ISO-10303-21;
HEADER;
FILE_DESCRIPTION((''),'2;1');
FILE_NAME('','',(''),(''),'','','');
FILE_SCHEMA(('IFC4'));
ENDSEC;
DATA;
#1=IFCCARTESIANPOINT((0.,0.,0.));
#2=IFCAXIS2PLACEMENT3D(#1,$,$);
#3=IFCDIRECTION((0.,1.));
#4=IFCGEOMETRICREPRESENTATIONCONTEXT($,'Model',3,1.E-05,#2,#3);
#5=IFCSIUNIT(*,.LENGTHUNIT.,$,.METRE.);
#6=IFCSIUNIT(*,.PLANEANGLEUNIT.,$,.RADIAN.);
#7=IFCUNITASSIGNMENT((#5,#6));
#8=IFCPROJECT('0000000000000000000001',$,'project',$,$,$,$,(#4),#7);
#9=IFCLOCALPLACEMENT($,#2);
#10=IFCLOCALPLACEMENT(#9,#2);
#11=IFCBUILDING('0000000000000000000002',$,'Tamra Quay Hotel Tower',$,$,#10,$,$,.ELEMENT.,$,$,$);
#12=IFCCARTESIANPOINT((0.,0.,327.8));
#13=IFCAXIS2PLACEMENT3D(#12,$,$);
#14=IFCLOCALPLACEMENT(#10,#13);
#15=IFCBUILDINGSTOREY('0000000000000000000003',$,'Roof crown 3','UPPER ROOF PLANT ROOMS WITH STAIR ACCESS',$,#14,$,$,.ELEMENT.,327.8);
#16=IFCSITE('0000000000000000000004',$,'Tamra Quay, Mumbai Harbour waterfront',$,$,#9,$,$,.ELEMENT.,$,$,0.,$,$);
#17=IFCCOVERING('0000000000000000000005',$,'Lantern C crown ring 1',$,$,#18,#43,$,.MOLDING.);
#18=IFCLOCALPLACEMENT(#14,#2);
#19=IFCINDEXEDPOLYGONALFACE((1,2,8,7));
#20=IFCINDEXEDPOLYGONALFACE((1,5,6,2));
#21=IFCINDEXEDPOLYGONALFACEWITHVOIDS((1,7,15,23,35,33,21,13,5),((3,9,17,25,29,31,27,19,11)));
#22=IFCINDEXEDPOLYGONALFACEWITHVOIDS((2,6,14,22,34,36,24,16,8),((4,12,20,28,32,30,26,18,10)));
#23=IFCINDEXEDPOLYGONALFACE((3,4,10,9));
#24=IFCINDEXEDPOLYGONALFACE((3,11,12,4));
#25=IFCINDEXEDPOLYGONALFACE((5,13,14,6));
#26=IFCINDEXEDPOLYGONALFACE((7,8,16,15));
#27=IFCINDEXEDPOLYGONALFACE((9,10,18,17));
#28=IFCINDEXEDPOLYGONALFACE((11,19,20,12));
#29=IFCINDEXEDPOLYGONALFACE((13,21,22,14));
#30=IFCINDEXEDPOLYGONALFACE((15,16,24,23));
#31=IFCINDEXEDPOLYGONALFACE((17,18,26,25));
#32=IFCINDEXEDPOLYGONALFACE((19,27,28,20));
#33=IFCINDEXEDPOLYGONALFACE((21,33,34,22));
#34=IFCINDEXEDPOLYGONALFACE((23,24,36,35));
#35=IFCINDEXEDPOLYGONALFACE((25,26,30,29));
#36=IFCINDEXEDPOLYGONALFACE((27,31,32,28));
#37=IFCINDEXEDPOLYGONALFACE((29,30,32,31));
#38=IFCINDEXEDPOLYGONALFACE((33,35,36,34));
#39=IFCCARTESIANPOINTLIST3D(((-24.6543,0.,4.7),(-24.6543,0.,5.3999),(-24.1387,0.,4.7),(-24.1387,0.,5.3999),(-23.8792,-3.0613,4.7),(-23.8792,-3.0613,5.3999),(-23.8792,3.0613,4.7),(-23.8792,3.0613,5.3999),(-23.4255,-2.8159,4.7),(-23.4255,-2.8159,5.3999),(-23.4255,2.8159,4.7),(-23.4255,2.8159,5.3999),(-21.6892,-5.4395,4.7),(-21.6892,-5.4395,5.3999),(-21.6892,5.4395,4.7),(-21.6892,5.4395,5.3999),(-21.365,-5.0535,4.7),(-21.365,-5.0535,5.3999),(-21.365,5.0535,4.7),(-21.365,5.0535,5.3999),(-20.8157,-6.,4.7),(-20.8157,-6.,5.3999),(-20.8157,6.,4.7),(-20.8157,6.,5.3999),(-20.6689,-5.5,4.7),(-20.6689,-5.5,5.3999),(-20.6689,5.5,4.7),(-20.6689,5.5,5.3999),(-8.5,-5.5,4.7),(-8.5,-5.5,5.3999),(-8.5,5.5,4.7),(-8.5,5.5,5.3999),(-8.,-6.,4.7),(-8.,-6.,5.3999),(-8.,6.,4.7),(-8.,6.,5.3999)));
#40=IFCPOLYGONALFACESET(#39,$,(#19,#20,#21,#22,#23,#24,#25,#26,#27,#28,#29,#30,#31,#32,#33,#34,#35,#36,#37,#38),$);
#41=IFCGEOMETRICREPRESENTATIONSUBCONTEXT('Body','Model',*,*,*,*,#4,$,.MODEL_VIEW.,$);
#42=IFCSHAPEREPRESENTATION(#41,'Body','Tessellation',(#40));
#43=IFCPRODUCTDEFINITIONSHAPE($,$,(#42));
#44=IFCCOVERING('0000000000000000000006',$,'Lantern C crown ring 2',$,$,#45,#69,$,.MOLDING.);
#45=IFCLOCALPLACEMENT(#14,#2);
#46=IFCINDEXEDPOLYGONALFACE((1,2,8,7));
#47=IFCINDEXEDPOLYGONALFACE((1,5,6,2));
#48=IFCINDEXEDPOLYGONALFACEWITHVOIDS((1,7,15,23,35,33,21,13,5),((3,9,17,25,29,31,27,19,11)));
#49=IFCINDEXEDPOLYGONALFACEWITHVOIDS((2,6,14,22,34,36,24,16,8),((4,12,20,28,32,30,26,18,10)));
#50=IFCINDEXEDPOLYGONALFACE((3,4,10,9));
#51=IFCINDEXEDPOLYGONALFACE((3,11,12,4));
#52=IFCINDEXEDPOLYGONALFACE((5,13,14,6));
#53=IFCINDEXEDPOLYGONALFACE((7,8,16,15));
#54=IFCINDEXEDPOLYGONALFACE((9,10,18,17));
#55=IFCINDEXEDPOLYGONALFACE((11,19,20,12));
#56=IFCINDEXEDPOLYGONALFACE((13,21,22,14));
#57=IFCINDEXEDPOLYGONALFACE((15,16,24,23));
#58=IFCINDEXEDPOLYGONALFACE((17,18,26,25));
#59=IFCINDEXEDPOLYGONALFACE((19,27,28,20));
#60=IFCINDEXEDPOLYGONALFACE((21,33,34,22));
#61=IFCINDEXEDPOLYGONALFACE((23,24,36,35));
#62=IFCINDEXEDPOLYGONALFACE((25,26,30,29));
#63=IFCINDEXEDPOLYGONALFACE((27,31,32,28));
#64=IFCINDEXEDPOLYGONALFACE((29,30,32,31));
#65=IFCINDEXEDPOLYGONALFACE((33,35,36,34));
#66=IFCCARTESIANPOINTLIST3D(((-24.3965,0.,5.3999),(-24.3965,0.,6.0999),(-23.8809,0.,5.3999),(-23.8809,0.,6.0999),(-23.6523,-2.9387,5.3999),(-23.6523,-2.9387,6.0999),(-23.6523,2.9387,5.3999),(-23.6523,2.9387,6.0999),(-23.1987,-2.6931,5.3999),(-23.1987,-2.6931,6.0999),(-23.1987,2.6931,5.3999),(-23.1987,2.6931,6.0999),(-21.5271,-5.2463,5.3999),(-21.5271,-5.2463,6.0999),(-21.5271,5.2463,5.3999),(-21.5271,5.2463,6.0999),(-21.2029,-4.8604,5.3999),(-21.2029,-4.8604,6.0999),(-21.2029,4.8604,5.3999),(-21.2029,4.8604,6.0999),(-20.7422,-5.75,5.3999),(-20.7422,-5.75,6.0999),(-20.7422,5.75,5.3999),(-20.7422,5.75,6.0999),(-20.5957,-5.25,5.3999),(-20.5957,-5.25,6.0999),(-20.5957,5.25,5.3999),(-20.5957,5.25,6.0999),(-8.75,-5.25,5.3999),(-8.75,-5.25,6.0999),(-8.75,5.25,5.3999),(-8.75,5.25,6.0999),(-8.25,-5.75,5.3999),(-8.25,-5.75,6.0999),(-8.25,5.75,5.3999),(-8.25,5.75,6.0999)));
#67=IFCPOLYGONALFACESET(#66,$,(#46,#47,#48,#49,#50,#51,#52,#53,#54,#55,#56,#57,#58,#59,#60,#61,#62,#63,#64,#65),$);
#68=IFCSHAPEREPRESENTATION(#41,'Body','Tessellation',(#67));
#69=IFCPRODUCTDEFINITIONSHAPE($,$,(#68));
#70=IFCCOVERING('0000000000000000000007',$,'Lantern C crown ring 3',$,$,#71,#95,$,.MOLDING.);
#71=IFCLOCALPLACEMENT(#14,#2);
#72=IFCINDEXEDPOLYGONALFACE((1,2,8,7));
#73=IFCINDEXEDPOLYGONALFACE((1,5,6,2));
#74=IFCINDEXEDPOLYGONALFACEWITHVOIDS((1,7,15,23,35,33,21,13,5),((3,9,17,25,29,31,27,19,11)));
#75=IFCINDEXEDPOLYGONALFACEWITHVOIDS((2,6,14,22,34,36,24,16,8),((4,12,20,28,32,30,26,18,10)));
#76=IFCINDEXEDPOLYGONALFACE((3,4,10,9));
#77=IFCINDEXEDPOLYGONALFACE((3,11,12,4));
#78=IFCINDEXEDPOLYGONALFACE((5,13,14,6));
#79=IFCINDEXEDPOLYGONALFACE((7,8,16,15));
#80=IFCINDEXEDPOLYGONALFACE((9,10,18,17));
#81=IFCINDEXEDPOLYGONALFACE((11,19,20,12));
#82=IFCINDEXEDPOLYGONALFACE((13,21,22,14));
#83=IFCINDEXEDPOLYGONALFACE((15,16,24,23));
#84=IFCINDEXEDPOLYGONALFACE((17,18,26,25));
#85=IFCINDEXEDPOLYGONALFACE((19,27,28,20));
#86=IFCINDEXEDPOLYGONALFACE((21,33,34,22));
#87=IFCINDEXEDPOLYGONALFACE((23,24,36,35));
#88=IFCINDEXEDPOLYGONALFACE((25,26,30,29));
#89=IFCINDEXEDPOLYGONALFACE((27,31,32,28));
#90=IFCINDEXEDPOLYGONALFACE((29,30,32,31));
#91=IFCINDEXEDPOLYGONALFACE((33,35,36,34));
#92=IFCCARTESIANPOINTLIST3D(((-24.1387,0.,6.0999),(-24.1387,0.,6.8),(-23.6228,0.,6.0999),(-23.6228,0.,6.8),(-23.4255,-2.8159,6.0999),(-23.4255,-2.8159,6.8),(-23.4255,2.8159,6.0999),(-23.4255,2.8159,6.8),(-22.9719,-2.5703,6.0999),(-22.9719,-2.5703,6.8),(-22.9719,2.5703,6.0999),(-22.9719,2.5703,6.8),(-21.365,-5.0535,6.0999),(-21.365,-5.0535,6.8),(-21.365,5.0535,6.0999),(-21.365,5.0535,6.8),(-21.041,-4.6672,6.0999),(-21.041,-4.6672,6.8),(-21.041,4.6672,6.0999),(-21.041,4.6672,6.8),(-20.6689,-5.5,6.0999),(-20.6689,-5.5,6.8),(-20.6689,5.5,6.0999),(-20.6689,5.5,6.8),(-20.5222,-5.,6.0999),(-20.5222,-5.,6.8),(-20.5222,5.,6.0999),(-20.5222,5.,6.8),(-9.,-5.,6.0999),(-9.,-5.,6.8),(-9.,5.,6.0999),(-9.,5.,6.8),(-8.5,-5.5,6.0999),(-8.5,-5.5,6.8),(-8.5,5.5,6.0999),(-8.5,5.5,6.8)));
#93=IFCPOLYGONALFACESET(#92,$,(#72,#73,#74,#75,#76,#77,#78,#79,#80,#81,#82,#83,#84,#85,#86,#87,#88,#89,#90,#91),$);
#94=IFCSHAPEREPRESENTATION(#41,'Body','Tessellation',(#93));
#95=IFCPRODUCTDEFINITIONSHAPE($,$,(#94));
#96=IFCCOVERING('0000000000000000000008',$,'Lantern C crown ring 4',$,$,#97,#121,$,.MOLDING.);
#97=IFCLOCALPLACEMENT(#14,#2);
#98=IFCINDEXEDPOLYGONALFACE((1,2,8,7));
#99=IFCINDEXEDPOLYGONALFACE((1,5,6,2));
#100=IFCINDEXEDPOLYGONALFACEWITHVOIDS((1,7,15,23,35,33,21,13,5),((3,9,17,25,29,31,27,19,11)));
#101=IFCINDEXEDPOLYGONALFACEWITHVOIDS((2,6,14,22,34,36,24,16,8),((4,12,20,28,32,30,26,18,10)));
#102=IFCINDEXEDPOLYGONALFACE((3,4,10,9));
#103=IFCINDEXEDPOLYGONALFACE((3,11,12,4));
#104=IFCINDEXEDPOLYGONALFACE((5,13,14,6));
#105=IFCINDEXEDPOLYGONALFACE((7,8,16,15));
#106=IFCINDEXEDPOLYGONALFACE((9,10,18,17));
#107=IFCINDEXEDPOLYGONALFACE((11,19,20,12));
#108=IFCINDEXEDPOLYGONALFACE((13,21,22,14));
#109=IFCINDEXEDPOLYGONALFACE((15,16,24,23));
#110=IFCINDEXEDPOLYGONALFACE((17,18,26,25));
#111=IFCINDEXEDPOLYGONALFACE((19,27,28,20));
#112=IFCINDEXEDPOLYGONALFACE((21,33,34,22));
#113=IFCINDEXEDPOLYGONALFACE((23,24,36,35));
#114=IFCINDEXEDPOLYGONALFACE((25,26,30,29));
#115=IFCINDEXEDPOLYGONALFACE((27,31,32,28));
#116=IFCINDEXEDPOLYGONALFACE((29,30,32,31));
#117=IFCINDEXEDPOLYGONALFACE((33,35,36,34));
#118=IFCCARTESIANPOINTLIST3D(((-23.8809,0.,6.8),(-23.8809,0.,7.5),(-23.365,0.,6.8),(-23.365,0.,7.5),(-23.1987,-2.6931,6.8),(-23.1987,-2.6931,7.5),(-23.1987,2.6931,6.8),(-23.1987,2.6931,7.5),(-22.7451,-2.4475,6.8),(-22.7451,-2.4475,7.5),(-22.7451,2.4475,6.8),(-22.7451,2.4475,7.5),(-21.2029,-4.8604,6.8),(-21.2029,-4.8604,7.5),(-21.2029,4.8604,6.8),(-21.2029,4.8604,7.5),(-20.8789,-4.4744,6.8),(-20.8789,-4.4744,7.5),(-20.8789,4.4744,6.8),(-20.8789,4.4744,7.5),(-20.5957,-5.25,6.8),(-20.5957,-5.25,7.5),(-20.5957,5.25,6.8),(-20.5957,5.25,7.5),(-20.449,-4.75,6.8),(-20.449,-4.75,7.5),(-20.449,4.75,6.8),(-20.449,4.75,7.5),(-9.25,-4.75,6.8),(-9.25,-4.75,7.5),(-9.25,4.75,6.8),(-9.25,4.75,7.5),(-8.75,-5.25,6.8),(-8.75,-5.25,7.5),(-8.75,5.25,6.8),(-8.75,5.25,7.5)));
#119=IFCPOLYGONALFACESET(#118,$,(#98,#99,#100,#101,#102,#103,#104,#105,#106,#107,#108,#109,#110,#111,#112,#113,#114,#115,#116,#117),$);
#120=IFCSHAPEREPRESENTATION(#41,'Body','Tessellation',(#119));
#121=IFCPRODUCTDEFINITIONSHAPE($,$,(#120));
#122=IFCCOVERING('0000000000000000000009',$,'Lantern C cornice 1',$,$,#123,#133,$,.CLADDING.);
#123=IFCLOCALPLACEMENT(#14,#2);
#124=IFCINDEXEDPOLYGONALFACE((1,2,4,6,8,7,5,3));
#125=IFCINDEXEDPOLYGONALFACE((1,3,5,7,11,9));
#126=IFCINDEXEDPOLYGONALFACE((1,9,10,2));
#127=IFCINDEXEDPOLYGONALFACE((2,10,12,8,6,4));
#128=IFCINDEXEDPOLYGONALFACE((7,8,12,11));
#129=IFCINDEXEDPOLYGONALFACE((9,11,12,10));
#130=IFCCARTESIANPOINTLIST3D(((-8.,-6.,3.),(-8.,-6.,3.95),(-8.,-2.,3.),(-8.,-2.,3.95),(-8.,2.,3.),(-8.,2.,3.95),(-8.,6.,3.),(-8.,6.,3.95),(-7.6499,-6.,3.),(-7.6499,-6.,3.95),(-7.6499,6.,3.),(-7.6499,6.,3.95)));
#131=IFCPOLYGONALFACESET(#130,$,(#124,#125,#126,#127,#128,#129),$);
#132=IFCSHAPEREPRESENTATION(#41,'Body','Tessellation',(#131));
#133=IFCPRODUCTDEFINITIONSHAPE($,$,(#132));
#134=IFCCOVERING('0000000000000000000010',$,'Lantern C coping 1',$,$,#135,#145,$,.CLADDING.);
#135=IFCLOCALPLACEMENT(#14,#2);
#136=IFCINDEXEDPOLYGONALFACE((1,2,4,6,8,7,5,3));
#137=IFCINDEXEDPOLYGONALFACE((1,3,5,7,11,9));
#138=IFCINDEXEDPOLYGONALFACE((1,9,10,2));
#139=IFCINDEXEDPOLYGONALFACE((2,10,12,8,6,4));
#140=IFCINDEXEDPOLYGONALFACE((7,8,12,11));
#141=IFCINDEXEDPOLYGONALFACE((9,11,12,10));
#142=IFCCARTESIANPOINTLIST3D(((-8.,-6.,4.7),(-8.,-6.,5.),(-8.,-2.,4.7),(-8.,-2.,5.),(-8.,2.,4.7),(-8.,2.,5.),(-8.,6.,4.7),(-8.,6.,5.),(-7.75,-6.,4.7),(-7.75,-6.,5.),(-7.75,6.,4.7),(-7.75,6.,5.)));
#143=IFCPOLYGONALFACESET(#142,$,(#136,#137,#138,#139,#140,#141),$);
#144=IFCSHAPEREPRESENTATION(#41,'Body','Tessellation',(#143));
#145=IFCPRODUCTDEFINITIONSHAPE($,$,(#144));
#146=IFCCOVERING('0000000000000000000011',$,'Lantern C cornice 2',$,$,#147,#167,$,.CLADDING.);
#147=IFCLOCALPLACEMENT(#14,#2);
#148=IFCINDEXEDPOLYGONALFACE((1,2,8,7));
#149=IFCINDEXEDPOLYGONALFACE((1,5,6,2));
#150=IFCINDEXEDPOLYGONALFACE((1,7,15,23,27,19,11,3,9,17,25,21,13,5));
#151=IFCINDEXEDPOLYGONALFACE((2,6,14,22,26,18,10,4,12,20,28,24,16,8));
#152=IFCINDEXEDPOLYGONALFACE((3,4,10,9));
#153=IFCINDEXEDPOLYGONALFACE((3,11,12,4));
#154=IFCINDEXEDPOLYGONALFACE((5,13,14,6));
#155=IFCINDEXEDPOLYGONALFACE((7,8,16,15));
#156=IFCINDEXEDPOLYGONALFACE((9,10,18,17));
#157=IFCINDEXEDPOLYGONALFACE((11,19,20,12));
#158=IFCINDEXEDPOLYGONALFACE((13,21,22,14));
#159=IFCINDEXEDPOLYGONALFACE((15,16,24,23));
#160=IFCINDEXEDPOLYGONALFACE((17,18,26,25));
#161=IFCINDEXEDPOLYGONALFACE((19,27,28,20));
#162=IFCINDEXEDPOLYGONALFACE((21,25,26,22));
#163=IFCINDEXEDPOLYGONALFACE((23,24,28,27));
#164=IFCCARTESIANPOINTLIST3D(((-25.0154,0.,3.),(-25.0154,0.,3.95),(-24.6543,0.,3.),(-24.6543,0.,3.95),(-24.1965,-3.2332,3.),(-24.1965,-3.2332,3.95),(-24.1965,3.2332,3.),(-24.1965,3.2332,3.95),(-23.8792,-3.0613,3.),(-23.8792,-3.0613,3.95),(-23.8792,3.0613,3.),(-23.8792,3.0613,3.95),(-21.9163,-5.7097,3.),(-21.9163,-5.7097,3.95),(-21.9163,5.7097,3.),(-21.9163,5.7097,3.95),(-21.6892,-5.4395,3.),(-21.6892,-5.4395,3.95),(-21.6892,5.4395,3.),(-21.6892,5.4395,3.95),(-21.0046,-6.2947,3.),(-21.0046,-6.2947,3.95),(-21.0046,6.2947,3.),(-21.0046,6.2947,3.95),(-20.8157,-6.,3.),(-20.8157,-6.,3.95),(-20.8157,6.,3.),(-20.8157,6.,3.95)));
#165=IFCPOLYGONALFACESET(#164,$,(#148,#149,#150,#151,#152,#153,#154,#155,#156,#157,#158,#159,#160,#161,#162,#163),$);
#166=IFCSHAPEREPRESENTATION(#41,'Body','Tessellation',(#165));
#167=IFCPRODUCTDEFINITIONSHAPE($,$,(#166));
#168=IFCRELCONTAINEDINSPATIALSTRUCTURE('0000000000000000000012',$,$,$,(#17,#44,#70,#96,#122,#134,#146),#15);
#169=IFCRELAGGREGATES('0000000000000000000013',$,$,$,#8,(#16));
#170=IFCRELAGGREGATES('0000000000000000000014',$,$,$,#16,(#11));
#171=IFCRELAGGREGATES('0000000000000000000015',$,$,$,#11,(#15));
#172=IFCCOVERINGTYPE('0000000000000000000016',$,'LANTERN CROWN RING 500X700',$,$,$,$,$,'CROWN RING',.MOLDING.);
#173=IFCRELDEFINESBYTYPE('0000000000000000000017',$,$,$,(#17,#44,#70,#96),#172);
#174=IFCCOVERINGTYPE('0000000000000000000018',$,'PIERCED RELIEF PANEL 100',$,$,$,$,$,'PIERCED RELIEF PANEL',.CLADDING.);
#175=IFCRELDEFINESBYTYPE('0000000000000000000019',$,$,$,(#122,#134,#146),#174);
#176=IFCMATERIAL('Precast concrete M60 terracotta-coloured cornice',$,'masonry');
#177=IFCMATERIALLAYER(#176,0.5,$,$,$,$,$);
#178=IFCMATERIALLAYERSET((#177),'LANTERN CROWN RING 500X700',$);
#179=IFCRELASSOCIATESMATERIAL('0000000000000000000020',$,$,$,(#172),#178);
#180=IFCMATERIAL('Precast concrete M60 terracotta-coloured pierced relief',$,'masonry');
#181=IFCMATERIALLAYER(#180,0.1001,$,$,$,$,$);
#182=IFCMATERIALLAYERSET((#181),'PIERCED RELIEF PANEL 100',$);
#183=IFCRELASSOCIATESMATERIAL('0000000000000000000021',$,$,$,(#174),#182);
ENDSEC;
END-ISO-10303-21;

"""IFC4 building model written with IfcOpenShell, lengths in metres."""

from ifc_helpers import new_model, si_unit, direction, frame, origin, place, context, subcontext, project, spatial, polyline, outline, extrude, material, layer, layer_set, type_object, element, save


model = new_model("IFC4")

# Units and contexts
model_context = context("Model", 3, precision=1e-05, world=origin(), true_north=direction((0.0, 1.0)))
body_context = subcontext(model_context, "Body", "Model", "MODEL_VIEW")
ifc_project = project(units=[si_unit("LENGTHUNIT", "METRE"), si_unit("PLANEANGLEUNIT", "RADIAN")], contexts=[model_context])

# Site, building, storey
site_placement = place(None, origin())
site = spatial("IfcSite", under=ifc_project, at=site_placement, Name="Tamra Quay, Mumbai Harbour waterfront", CompositionType="ELEMENT", RefElevation=0.0)
building_placement = place(site_placement, origin())
building = spatial("IfcBuilding", under=site, at=building_placement, Name="Tamra Quay Hotel Tower", CompositionType="ELEMENT")
storey_placement = place(building_placement, frame((0.0, 0.0, 327.8)))
storey = spatial("IfcBuildingStorey", under=building, at=storey_placement, Name="Roof crown 3", Description="UPPER ROOF PLANT ROOMS WITH STAIR ACCESS", CompositionType="ELEMENT", Elevation=327.8)

# Coverings
ifc_material_1 = material(Name="Precast concrete M60 terracotta-coloured cornice", Category="masonry")
ifc_layer_1 = layer(ifc_material_1, 0.5)
ifc_layer_set_1 = layer_set([ifc_layer_1], Name="LANTERN CROWN RING 500X700")
covering_type_1 = type_object("IfcCoveringType", Name="LANTERN CROWN RING 500X700", ElementType="CROWN RING", PredefinedType="MOLDING", material=ifc_layer_set_1)
covering_1_placement = place(storey_placement, frame((0.0, 0.0, 4.7)))
element("IfcCovering", 1, at=covering_1_placement, inside=storey, type_object=covering_type_1, Name="Lantern C crown ring 1", PredefinedType="MOLDING", context=body_context, shape_type="SweptSolid", body=[
    extrude(outline(polyline([(-21.6892, -5.4395), (-23.8792, -3.0613), (-24.6543, 0.0), (-23.8792, 3.0613), (-21.6892, 5.4395), (-20.8157, 6.0), (-8.0, 6.0), (-8.0, -6.0), (-20.8157, -6.0), (-21.6892, -5.4395)]), holes=[polyline([(-21.365, -5.0535), (-23.4255, -2.8159), (-24.1387, 0.0), (-23.4255, 2.8159), (-21.365, 5.0535), (-20.6689, 5.5), (-8.5, 5.5), (-8.5, -5.5), (-20.6689, -5.5), (-21.365, -5.0535)])]), origin(), (0.0, 0.0, 1.0), 0.7),
])
covering_2_placement = place(storey_placement, frame((0.0, 0.0, 5.3999)))
element("IfcCovering", 2, at=covering_2_placement, inside=storey, type_object=covering_type_1, Name="Lantern C crown ring 2", PredefinedType="MOLDING", context=body_context, shape_type="SweptSolid", body=[
    extrude(outline(polyline([(-21.5271, -5.2463), (-23.6523, -2.9387), (-24.3965, 0.0), (-23.6523, 2.9387), (-21.5271, 5.2463), (-20.7422, 5.75), (-8.25, 5.75), (-8.25, -5.75), (-20.7422, -5.75), (-21.5271, -5.2463)]), holes=[polyline([(-21.2029, -4.8604), (-23.1987, -2.6931), (-23.8809, 0.0), (-23.1987, 2.6931), (-21.2029, 4.8604), (-20.5957, 5.25), (-8.75, 5.25), (-8.75, -5.25), (-20.5957, -5.25), (-21.2029, -4.8604)])]), origin(), (0.0, 0.0, 1.0), 0.7),
])
covering_3_placement = place(storey_placement, frame((0.0, 0.0, 6.0999)))
element("IfcCovering", 3, at=covering_3_placement, inside=storey, type_object=covering_type_1, Name="Lantern C crown ring 3", PredefinedType="MOLDING", context=body_context, shape_type="SweptSolid", body=[
    extrude(outline(polyline([(-21.365, -5.0535), (-23.4255, -2.8159), (-24.1387, 0.0), (-23.4255, 2.8159), (-21.365, 5.0535), (-20.6689, 5.5), (-8.5, 5.5), (-8.5, -5.5), (-20.6689, -5.5), (-21.365, -5.0535)]), holes=[polyline([(-21.041, -4.6672), (-22.9719, -2.5703), (-23.6228, 0.0), (-22.9719, 2.5703), (-21.041, 4.6672), (-20.5222, 5.0), (-9.0, 5.0), (-9.0, -5.0), (-20.5222, -5.0), (-21.041, -4.6672)])]), origin(), (0.0, 0.0, 1.0), 0.7002),
])
covering_4_placement = place(storey_placement, frame((0.0, 0.0, 6.8)))
element("IfcCovering", 4, at=covering_4_placement, inside=storey, type_object=covering_type_1, Name="Lantern C crown ring 4", PredefinedType="MOLDING", context=body_context, shape_type="SweptSolid", body=[
    extrude(outline(polyline([(-21.2029, -4.8604), (-23.1987, -2.6931), (-23.8809, 0.0), (-23.1987, 2.6931), (-21.2029, 4.8604), (-20.5957, 5.25), (-8.75, 5.25), (-8.75, -5.25), (-20.5957, -5.25), (-21.2029, -4.8604)]), holes=[polyline([(-20.8789, -4.4744), (-22.7451, -2.4475), (-23.365, 0.0), (-22.7451, 2.4475), (-20.8789, 4.4744), (-20.449, 4.75), (-9.25, 4.75), (-9.25, -4.75), (-20.449, -4.75), (-20.8789, -4.4744)])]), origin(), (0.0, 0.0, 1.0), 0.7),
])
ifc_material_2 = material(Name="Precast concrete M60 terracotta-coloured pierced relief", Category="masonry")
ifc_layer_2 = layer(ifc_material_2, 0.1001)
ifc_layer_set_2 = layer_set([ifc_layer_2], Name="PIERCED RELIEF PANEL 100")
covering_type_2 = type_object("IfcCoveringType", Name="PIERCED RELIEF PANEL 100", ElementType="PIERCED RELIEF PANEL", PredefinedType="CLADDING", material=ifc_layer_set_2)
covering_5_placement = place(storey_placement, frame((0.0, 0.0, 3.0)))
element("IfcCovering", 5, at=covering_5_placement, inside=storey, type_object=covering_type_2, Name="Lantern C cornice 1", PredefinedType="CLADDING", context=body_context, shape_type="SweptSolid", body=[
    extrude(outline(polyline([(-8.0, -6.0), (-7.6499, -6.0), (-7.6499, 6.0), (-8.0, 6.0), (-8.0, 2.0), (-8.0, -2.0), (-8.0, -6.0)])), origin(), (0.0, 0.0, 1.0), 0.95),
])
covering_6_placement = place(storey_placement, frame((0.0, 0.0, 4.7)))
element("IfcCovering", 6, at=covering_6_placement, inside=storey, type_object=covering_type_2, Name="Lantern C coping 1", PredefinedType="CLADDING", context=body_context, shape_type="SweptSolid", body=[
    extrude(outline(polyline([(-8.0, -6.0), (-7.75, -6.0), (-7.75, 6.0), (-8.0, 6.0), (-8.0, 2.0), (-8.0, -2.0), (-8.0, -6.0)])), origin(), (0.0, 0.0, 1.0), 0.3),
])
covering_7_placement = place(storey_placement, frame((0.0, 0.0, 3.0)))
element("IfcCovering", 7, at=covering_7_placement, inside=storey, type_object=covering_type_2, Name="Lantern C cornice 2", PredefinedType="CLADDING", context=body_context, shape_type="SweptSolid", body=[
    extrude(outline(polyline([(-20.8157, 6.0), (-21.0046, 6.2947), (-21.9163, 5.7097), (-24.1965, 3.2332), (-25.0154, 0.0), (-24.1965, -3.2332), (-21.9163, -5.7097), (-21.0046, -6.2947), (-20.8157, -6.0), (-21.6892, -5.4395), (-23.8792, -3.0613), (-24.6543, 0.0), (-23.8792, 3.0613), (-21.6892, 5.4395), (-20.8157, 6.0)])), origin(), (0.0, 0.0, 1.0), 0.95),
])

save(model, "model.ifc")
